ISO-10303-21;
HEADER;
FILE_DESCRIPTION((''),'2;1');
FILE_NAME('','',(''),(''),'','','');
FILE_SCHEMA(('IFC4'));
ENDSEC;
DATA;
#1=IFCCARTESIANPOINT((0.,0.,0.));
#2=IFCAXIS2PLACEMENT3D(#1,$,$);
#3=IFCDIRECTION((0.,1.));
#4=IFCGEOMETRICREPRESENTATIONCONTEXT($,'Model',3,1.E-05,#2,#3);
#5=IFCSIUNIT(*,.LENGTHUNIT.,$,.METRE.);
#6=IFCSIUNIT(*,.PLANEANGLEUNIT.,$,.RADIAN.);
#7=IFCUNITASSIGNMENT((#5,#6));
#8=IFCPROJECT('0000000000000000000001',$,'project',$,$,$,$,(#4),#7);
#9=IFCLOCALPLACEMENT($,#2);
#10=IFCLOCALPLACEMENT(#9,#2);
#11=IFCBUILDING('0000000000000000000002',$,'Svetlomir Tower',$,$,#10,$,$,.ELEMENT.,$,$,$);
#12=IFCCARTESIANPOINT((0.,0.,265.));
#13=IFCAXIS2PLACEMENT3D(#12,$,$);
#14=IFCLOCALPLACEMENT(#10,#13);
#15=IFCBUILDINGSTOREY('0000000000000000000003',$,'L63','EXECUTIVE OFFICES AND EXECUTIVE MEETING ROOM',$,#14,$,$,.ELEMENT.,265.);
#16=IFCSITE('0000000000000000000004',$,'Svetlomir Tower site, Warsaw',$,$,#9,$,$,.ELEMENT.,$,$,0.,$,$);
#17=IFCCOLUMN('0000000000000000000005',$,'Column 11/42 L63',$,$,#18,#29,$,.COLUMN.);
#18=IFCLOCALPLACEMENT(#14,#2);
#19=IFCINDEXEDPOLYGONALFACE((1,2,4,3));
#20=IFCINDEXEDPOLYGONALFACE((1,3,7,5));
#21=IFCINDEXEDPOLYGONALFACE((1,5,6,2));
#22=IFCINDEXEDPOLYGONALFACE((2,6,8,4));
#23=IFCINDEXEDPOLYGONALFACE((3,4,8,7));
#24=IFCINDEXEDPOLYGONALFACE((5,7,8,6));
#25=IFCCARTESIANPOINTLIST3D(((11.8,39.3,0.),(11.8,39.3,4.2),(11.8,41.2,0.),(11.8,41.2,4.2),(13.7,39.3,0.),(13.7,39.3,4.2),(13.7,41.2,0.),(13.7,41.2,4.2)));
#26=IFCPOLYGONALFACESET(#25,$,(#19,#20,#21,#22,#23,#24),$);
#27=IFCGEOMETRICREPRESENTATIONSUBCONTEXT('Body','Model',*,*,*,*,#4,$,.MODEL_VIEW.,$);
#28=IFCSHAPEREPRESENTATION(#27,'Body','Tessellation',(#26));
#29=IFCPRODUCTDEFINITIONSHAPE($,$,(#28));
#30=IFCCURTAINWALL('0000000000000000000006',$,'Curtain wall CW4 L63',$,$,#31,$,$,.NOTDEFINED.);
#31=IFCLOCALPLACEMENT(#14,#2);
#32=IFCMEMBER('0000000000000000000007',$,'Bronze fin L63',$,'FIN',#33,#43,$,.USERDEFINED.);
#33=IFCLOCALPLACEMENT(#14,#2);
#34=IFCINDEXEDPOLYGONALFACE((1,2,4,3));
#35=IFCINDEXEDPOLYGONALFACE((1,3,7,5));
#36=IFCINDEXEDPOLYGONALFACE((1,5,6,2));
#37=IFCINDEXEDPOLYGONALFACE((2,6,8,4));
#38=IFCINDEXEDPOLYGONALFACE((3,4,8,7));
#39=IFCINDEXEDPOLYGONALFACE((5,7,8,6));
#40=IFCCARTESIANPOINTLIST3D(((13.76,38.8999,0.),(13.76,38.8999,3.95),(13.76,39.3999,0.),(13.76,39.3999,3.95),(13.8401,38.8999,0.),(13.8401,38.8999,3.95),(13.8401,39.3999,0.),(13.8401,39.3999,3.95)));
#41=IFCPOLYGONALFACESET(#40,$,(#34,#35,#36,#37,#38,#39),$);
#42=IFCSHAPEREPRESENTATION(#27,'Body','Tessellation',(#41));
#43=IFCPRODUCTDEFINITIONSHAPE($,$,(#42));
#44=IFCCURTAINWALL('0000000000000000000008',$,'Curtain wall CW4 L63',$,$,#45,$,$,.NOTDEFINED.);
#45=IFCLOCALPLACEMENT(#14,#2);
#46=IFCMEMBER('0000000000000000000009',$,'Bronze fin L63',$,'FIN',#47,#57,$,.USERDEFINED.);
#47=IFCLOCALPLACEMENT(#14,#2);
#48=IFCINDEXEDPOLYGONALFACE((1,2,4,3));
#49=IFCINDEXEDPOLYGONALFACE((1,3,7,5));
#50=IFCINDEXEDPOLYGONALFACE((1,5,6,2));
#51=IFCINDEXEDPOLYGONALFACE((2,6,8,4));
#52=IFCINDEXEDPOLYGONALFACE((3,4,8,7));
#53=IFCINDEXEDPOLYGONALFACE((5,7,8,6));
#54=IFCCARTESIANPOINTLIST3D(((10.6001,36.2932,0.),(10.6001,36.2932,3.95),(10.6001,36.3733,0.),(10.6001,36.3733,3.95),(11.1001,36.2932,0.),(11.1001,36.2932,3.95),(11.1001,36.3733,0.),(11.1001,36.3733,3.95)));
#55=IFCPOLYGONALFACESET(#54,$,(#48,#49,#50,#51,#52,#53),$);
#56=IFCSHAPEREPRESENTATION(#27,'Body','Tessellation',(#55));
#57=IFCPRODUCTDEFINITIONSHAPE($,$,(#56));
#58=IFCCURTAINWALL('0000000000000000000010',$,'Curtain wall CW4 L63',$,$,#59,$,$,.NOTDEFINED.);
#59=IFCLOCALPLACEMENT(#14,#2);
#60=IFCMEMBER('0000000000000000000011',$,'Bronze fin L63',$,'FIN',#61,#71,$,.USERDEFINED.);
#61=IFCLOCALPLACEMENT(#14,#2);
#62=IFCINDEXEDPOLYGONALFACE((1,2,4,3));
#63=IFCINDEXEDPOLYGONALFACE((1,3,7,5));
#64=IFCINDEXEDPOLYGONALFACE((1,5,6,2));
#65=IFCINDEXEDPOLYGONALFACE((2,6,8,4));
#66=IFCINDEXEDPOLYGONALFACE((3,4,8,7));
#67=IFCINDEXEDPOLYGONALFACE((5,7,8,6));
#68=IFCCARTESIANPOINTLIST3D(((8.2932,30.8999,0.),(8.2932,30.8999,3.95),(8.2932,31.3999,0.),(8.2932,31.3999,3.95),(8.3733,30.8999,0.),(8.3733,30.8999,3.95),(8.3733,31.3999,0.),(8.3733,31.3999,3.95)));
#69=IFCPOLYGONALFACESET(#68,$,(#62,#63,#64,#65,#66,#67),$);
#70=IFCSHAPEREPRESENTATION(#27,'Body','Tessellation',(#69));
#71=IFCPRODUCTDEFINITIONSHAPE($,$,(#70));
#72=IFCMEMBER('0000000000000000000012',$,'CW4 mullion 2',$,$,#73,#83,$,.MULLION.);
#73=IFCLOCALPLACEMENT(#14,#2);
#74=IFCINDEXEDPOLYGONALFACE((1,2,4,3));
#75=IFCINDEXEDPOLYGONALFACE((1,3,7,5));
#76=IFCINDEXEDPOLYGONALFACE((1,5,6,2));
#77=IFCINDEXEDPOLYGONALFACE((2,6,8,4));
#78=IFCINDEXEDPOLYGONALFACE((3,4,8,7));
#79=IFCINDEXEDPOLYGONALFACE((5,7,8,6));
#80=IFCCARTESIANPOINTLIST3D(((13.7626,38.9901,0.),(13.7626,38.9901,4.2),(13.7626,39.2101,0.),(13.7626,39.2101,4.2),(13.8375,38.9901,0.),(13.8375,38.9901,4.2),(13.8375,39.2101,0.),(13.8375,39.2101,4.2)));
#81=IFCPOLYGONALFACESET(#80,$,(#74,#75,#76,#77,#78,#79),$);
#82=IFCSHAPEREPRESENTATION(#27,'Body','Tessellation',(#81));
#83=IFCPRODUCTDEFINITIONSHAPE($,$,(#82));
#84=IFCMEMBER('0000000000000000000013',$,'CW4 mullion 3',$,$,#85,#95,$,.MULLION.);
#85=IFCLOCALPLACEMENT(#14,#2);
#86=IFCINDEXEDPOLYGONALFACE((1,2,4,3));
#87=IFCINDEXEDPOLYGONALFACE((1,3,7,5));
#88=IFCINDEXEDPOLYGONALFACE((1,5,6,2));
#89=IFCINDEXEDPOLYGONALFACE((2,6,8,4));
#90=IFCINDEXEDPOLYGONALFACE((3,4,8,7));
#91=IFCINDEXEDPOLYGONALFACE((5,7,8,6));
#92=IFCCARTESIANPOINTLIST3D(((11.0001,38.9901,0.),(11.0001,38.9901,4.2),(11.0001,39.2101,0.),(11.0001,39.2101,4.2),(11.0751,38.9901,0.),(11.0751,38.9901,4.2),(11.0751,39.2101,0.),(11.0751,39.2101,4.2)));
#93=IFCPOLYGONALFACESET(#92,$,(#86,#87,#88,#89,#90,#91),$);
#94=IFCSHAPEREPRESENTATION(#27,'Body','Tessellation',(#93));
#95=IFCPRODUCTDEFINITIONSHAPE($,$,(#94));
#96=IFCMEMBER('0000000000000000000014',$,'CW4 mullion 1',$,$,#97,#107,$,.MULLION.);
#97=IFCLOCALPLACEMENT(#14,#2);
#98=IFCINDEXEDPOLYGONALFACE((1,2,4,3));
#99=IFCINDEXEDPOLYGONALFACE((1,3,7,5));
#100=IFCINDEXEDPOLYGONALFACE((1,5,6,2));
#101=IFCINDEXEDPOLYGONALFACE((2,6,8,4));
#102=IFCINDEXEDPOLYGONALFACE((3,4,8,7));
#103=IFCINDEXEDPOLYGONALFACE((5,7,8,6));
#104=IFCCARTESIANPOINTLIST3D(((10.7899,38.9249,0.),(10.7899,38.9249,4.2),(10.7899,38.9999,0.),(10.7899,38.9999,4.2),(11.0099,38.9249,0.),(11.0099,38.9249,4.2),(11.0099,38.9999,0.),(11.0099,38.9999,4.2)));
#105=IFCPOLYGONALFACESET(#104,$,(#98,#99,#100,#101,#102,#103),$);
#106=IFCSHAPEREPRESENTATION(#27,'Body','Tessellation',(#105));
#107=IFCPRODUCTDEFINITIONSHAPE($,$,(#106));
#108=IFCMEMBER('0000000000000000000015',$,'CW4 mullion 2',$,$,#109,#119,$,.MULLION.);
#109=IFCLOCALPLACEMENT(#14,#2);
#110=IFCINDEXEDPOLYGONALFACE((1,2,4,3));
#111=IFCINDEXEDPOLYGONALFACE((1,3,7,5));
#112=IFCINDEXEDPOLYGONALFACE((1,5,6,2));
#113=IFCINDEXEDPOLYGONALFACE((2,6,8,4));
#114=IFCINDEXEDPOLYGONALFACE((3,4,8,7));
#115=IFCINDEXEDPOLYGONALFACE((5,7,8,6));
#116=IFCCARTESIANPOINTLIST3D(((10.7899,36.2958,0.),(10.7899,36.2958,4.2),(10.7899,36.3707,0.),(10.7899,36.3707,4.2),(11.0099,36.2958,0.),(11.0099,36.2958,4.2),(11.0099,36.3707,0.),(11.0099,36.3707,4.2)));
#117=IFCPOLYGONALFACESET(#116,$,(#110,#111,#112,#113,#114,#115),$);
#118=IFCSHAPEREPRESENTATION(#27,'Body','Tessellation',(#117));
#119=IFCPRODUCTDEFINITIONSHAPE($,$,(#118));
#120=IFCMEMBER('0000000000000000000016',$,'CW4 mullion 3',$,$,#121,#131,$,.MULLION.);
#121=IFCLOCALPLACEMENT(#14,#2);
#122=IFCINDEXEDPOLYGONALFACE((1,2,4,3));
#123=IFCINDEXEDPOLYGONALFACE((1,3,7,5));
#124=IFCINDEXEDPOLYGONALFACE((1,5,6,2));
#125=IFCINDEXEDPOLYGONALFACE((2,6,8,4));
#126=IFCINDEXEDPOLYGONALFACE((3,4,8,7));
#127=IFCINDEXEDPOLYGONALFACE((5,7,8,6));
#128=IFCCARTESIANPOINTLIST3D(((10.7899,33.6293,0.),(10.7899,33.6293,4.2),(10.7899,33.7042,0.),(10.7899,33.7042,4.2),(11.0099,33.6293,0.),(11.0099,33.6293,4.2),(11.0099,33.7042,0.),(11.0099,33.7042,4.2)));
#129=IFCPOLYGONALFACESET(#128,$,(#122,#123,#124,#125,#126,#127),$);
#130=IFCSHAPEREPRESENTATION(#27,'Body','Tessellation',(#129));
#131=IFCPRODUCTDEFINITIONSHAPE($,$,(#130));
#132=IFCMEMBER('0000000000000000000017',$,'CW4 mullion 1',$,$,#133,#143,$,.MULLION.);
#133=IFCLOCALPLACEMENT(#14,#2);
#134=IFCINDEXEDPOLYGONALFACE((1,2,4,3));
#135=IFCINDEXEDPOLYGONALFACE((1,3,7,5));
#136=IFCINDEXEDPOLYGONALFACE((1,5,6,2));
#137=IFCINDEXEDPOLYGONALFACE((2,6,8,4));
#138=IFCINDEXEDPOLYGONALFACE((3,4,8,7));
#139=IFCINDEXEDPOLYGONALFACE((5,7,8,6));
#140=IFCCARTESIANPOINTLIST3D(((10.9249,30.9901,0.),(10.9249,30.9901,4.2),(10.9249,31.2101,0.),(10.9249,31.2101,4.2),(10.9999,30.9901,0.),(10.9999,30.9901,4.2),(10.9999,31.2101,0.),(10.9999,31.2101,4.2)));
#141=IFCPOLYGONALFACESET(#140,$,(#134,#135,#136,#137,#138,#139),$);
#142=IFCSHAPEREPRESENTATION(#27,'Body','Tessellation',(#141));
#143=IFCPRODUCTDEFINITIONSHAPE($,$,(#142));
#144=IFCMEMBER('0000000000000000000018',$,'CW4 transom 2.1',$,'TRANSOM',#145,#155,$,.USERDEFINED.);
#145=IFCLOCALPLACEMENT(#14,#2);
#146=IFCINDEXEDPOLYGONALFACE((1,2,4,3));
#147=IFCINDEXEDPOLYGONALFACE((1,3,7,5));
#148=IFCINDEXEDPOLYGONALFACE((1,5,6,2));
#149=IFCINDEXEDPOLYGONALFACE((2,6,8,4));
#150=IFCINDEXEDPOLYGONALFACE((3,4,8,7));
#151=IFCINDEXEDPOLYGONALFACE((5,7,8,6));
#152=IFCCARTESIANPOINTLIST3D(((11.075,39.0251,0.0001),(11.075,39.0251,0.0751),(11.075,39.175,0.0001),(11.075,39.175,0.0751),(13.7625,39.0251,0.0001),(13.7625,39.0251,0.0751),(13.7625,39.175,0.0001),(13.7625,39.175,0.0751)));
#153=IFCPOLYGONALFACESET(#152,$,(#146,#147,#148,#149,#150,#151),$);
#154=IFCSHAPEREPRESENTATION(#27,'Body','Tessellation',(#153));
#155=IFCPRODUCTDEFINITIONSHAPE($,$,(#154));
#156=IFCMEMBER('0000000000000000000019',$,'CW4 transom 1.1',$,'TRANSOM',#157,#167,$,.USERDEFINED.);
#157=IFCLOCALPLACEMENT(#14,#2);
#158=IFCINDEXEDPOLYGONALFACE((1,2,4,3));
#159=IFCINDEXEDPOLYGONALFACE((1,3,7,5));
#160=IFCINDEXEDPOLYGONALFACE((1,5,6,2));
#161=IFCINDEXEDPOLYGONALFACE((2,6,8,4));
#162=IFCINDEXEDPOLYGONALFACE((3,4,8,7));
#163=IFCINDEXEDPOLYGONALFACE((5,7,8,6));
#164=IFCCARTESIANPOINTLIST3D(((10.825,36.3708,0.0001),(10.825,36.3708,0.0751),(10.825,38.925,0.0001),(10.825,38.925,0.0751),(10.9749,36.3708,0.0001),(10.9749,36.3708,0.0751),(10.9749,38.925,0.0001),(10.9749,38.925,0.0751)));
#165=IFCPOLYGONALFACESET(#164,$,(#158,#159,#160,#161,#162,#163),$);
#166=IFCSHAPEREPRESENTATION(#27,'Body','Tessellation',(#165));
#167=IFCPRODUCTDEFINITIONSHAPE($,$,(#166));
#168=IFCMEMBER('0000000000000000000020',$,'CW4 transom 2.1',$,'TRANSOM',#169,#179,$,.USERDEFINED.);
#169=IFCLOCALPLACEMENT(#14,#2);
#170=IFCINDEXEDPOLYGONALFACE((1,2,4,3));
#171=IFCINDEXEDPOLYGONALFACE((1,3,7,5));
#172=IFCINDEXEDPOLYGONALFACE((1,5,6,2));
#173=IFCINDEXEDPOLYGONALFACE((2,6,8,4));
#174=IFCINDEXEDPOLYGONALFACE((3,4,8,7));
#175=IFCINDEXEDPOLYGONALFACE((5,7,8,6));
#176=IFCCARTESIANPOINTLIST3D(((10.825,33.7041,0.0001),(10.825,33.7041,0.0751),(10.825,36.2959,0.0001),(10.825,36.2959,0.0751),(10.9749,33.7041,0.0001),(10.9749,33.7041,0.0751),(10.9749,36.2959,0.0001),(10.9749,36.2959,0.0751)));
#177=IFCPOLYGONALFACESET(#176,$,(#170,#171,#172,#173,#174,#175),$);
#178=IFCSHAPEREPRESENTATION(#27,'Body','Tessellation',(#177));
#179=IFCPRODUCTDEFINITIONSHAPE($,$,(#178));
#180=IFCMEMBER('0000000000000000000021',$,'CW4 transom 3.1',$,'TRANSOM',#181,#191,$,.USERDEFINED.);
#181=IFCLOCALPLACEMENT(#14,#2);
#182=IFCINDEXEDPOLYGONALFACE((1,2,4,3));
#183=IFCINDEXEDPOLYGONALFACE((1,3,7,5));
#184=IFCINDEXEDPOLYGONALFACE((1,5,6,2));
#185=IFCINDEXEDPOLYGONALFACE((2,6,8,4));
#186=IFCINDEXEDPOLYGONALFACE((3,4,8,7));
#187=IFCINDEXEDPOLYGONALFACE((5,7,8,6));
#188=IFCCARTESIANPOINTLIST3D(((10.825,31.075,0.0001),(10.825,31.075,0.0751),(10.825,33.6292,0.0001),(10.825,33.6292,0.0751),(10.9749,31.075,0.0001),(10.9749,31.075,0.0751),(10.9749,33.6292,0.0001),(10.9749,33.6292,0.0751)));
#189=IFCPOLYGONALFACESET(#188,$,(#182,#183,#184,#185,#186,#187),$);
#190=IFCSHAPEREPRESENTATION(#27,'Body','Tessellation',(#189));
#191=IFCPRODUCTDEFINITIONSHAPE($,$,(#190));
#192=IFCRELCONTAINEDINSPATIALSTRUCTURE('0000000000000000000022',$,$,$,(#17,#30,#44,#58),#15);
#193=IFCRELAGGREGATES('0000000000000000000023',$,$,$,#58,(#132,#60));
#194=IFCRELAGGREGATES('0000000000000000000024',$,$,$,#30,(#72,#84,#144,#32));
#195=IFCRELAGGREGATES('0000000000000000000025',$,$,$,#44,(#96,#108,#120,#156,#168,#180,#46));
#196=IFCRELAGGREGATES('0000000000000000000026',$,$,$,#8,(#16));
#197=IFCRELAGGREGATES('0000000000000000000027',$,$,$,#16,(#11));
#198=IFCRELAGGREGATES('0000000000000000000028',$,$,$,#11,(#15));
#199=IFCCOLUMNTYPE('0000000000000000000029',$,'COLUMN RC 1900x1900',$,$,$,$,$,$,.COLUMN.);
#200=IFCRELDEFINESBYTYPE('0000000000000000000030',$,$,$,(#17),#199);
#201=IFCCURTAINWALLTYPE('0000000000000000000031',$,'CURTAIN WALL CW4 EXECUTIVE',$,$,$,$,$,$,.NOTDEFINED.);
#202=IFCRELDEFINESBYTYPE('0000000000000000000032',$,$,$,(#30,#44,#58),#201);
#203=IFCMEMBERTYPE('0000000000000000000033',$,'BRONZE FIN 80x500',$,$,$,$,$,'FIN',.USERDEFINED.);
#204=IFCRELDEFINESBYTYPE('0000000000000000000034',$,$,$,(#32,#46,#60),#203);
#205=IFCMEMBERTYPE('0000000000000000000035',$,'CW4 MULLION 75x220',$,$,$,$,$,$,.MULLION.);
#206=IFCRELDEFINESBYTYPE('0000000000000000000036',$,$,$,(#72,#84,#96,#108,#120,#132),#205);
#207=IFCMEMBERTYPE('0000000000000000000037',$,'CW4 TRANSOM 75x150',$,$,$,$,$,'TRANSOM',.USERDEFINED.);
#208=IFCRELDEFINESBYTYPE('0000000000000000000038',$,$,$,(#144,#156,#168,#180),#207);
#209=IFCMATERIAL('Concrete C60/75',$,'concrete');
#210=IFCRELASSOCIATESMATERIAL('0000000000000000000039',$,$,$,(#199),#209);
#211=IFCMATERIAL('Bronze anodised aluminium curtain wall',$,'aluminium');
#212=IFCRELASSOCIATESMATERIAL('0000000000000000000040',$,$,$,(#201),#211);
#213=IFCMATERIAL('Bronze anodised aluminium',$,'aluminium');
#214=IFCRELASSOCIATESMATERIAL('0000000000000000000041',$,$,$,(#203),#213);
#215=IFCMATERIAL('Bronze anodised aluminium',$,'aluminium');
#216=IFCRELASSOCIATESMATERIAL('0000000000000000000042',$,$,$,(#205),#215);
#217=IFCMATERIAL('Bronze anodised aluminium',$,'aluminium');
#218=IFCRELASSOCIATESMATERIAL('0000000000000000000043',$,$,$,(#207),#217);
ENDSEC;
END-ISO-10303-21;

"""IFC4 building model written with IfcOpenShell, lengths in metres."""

from ifc_helpers import new_model, si_unit, direction, frame, origin, origin_2d, place, context, subcontext, project, spatial, rectangle, extrude, material, material_profile, profile_set, type_object, element, aggregate, save


model = new_model("IFC4")

# Units and contexts
model_context = context("Model", 3, precision=1e-05, world=origin(), true_north=direction((0.0, 1.0)))
body_context = subcontext(model_context, "Body", "Model", "MODEL_VIEW")
ifc_project = project(units=[si_unit("LENGTHUNIT", "METRE"), si_unit("PLANEANGLEUNIT", "RADIAN")], contexts=[model_context])

# Site, building, storey
site_placement = place(None, origin())
site = spatial("IfcSite", under=ifc_project, at=site_placement, Name="Svetlomir Tower site, Warsaw", CompositionType="ELEMENT", RefElevation=0.0)
building_placement = place(site_placement, origin())
building = spatial("IfcBuilding", under=site, at=building_placement, Name="Svetlomir Tower", CompositionType="ELEMENT")
storey_placement = place(building_placement, frame((0.0, 0.0, 265.0)))
storey = spatial("IfcBuildingStorey", under=building, at=storey_placement, Name="L63", Description="EXECUTIVE OFFICES AND EXECUTIVE MEETING ROOM", CompositionType="ELEMENT", Elevation=265.0)

# Column
ifc_material_1 = material(Name="Concrete C60/75", Category="concrete")
ifc_material_profile_1 = material_profile(ifc_material_1, rectangle(XDim=1.8999, YDim=1.8999, at=origin_2d()), Name="RC 1900x1900")
ifc_profile_set_1 = profile_set([ifc_material_profile_1], Name="Concrete C60/75")
column_type = type_object("IfcColumnType", Name="COLUMN RC 1900x1900", PredefinedType="COLUMN", material=ifc_profile_set_1)
column_placement = place(storey_placement, frame((12.75, 40.25, 0.0), z_axis=(0.0, 0.0, 1.0), x_axis=(1.0, 0.0, 0.0)))
element("IfcColumn", 1, at=column_placement, inside=storey, type_object=column_type, Name="Column 11/42 L63", PredefinedType="COLUMN", context=body_context, shape_type="SweptSolid", body=[
    extrude(rectangle(XDim=1.8999, YDim=1.8999, at=origin_2d()), origin(), (0.0, 0.0, 1.0), 4.2),
])

# Curtain walls, members
ifc_material_2 = material(Name="Bronze anodised aluminium curtain wall", Category="aluminium")
curtain_wall_type = type_object("IfcCurtainWallType", Name="CURTAIN WALL CW4 EXECUTIVE", PredefinedType="NOTDEFINED", material=ifc_material_2)
curtain_wall_1_placement = place(storey_placement, origin())
curtain_wall_1 = element("IfcCurtainWall", 2, at=curtain_wall_1_placement, inside=storey, type_object=curtain_wall_type, Name="Curtain wall CW4 L63", PredefinedType="NOTDEFINED")
ifc_material_3 = material(Name="Bronze anodised aluminium", Category="aluminium")
ifc_material_profile_2 = material_profile(ifc_material_3, rectangle(XDim=0.0801, YDim=0.5, at=origin_2d()), Name="FIN 80x500")
ifc_profile_set_2 = profile_set([ifc_material_profile_2], Name="Bronze anodised aluminium 6063-T6")
member_type_1 = type_object("IfcMemberType", Name="BRONZE FIN 80x500", ElementType="FIN", PredefinedType="USERDEFINED", material=ifc_profile_set_2)
member_1_placement = place(storey_placement, frame((13.8, 39.1499, 0.0), z_axis=(0.0, 0.0, 1.0), x_axis=(1.0, 0.0, 0.0)))
member_1 = element("IfcMember", 3, at=member_1_placement, type_object=member_type_1, Name="Bronze fin L63", ObjectType="FIN", PredefinedType="USERDEFINED", context=body_context, shape_type="SweptSolid", body=[
    extrude(rectangle(XDim=0.0801, YDim=0.5, at=origin_2d()), origin(), (0.0, 0.0, 1.0), 3.95),
])
curtain_wall_2_placement = place(storey_placement, origin())
curtain_wall_2 = element("IfcCurtainWall", 4, at=curtain_wall_2_placement, inside=storey, type_object=curtain_wall_type, Name="Curtain wall CW4 L63", PredefinedType="NOTDEFINED")
member_2_placement = place(storey_placement, frame((10.8501, 36.3333, 0.0), z_axis=(0.0, 0.0, 1.0), x_axis=(0.0, 1.0, 0.0)))
member_2 = element("IfcMember", 5, at=member_2_placement, type_object=member_type_1, Name="Bronze fin L63", ObjectType="FIN", PredefinedType="USERDEFINED", context=body_context, shape_type="SweptSolid", body=[
    extrude(rectangle(XDim=0.0801, YDim=0.5, at=origin_2d()), origin(), (0.0, 0.0, 1.0), 3.95),
])
curtain_wall_3_placement = place(storey_placement, origin())
curtain_wall_3 = element("IfcCurtainWall", 6, at=curtain_wall_3_placement, inside=storey, type_object=curtain_wall_type, Name="Curtain wall CW4 L63", PredefinedType="NOTDEFINED")
member_3_placement = place(storey_placement, frame((8.3333, 31.1499, 0.0), z_axis=(0.0, 0.0, 1.0), x_axis=(1.0, 0.0, 0.0)))
member_3 = element("IfcMember", 7, at=member_3_placement, type_object=member_type_1, Name="Bronze fin L63", ObjectType="FIN", PredefinedType="USERDEFINED", context=body_context, shape_type="SweptSolid", body=[
    extrude(rectangle(XDim=0.0801, YDim=0.5, at=origin_2d()), origin(), (0.0, 0.0, 1.0), 3.95),
])

# Members
ifc_material_4 = material(Name="Bronze anodised aluminium", Category="aluminium")
ifc_material_profile_3 = material_profile(ifc_material_4, rectangle(XDim=0.075, YDim=0.22, at=origin_2d()), Name="AL 75x220")
ifc_profile_set_3 = profile_set([ifc_material_profile_3], Name="Bronze anodised aluminium 6063-T6")
member_type_2 = type_object("IfcMemberType", Name="CW4 MULLION 75x220", PredefinedType="MULLION", material=ifc_profile_set_3)
member_4_placement = place(storey_placement, frame((13.8, 39.1001, 0.0), z_axis=(0.0, 0.0, 1.0), x_axis=(-1.0, 0.0, 0.0)))
member_4 = element("IfcMember", 8, at=member_4_placement, type_object=member_type_2, Name="CW4 mullion 2", PredefinedType="MULLION", context=body_context, shape_type="SweptSolid", body=[
    extrude(rectangle(XDim=0.075, YDim=0.22, at=origin_2d()), origin(), (0.0, 0.0, 1.0), 4.2),
])
member_5_placement = place(storey_placement, frame((11.0376, 39.1001, 0.0), z_axis=(0.0, 0.0, 1.0), x_axis=(-1.0, 0.0, 0.0)))
member_5 = element("IfcMember", 9, at=member_5_placement, type_object=member_type_2, Name="CW4 mullion 3", PredefinedType="MULLION", context=body_context, shape_type="SweptSolid", body=[
    extrude(rectangle(XDim=0.075, YDim=0.22, at=origin_2d()), origin(), (0.0, 0.0, 1.0), 4.2),
])
member_6_placement = place(storey_placement, frame((10.8999, 38.9624, 0.0), z_axis=(0.0, 0.0, 1.0), x_axis=(0.0, -1.0, 0.0)))
member_6 = element("IfcMember", 10, at=member_6_placement, type_object=member_type_2, Name="CW4 mullion 1", PredefinedType="MULLION", context=body_context, shape_type="SweptSolid", body=[
    extrude(rectangle(XDim=0.075, YDim=0.22, at=origin_2d()), origin(), (0.0, 0.0, 1.0), 4.2),
])
member_7_placement = place(storey_placement, frame((10.8999, 36.3333, 0.0), z_axis=(0.0, 0.0, 1.0), x_axis=(0.0, -1.0, 0.0)))
member_7 = element("IfcMember", 11, at=member_7_placement, type_object=member_type_2, Name="CW4 mullion 2", PredefinedType="MULLION", context=body_context, shape_type="SweptSolid", body=[
    extrude(rectangle(XDim=0.075, YDim=0.22, at=origin_2d()), origin(), (0.0, 0.0, 1.0), 4.2),
])
member_8_placement = place(storey_placement, frame((10.8999, 33.6667, 0.0), z_axis=(0.0, 0.0, 1.0), x_axis=(0.0, -1.0, 0.0)))
member_8 = element("IfcMember", 12, at=member_8_placement, type_object=member_type_2, Name="CW4 mullion 3", PredefinedType="MULLION", context=body_context, shape_type="SweptSolid", body=[
    extrude(rectangle(XDim=0.075, YDim=0.22, at=origin_2d()), origin(), (0.0, 0.0, 1.0), 4.2),
])
member_9_placement = place(storey_placement, frame((10.9624, 31.1001, 0.0), z_axis=(0.0, 0.0, 1.0), x_axis=(-1.0, 0.0, 0.0)))
member_9 = element("IfcMember", 13, at=member_9_placement, type_object=member_type_2, Name="CW4 mullion 1", PredefinedType="MULLION", context=body_context, shape_type="SweptSolid", body=[
    extrude(rectangle(XDim=0.075, YDim=0.22, at=origin_2d()), origin(), (0.0, 0.0, 1.0), 4.2),
])
aggregate(curtain_wall_3, [member_9, member_3])
ifc_material_5 = material(Name="Bronze anodised aluminium", Category="aluminium")
ifc_material_profile_4 = material_profile(ifc_material_5, rectangle(XDim=0.1499, YDim=0.075, at=origin_2d()), Name="AL 150x75")
ifc_profile_set_4 = profile_set([ifc_material_profile_4], Name="Bronze anodised aluminium 6063-T6")
member_type_3 = type_object("IfcMemberType", Name="CW4 TRANSOM 75x150", ElementType="TRANSOM", PredefinedType="USERDEFINED", material=ifc_profile_set_4)
member_10_placement = place(storey_placement, frame((13.7625, 39.1001, 0.0376), z_axis=(-1.0, 0.0, 0.0), x_axis=(0.0, -1.0, 0.0)))
member_10 = element("IfcMember", 14, at=member_10_placement, type_object=member_type_3, Name="CW4 transom 2.1", ObjectType="TRANSOM", PredefinedType="USERDEFINED", context=body_context, shape_type="SweptSolid", body=[
    extrude(rectangle(XDim=0.1499, YDim=0.075, at=origin_2d()), origin(), (0.0, 0.0, 1.0), 2.6875),
])
member_11_placement = place(storey_placement, frame((10.8999, 38.925, 0.0376), z_axis=(0.0, -1.0, 0.0), x_axis=(1.0, 0.0, 0.0)))
member_11 = element("IfcMember", 15, at=member_11_placement, type_object=member_type_3, Name="CW4 transom 1.1", ObjectType="TRANSOM", PredefinedType="USERDEFINED", context=body_context, shape_type="SweptSolid", body=[
    extrude(rectangle(XDim=0.1499, YDim=0.075, at=origin_2d()), origin(), (0.0, 0.0, 1.0), 2.5542),
])
member_12_placement = place(storey_placement, frame((10.8999, 36.2959, 0.0376), z_axis=(0.0, -1.0, 0.0), x_axis=(1.0, 0.0, 0.0)))
member_12 = element("IfcMember", 16, at=member_12_placement, type_object=member_type_3, Name="CW4 transom 2.1", ObjectType="TRANSOM", PredefinedType="USERDEFINED", context=body_context, shape_type="SweptSolid", body=[
    extrude(rectangle(XDim=0.1499, YDim=0.075, at=origin_2d()), origin(), (0.0, 0.0, 1.0), 2.5918),
])
member_13_placement = place(storey_placement, frame((10.8999, 33.6292, 0.0376), z_axis=(0.0, -1.0, 0.0), x_axis=(1.0, 0.0, 0.0)))
member_13 = element("IfcMember", 17, at=member_13_placement, type_object=member_type_3, Name="CW4 transom 3.1", ObjectType="TRANSOM", PredefinedType="USERDEFINED", context=body_context, shape_type="SweptSolid", body=[
    extrude(rectangle(XDim=0.1499, YDim=0.075, at=origin_2d()), origin(), (0.0, 0.0, 1.0), 2.5542),
])

aggregate(curtain_wall_1, [member_4, member_5, member_10, member_1])
aggregate(curtain_wall_2, [member_6, member_7, member_8, member_11, member_12, member_13, member_2])

save(model, "model.ifc")
